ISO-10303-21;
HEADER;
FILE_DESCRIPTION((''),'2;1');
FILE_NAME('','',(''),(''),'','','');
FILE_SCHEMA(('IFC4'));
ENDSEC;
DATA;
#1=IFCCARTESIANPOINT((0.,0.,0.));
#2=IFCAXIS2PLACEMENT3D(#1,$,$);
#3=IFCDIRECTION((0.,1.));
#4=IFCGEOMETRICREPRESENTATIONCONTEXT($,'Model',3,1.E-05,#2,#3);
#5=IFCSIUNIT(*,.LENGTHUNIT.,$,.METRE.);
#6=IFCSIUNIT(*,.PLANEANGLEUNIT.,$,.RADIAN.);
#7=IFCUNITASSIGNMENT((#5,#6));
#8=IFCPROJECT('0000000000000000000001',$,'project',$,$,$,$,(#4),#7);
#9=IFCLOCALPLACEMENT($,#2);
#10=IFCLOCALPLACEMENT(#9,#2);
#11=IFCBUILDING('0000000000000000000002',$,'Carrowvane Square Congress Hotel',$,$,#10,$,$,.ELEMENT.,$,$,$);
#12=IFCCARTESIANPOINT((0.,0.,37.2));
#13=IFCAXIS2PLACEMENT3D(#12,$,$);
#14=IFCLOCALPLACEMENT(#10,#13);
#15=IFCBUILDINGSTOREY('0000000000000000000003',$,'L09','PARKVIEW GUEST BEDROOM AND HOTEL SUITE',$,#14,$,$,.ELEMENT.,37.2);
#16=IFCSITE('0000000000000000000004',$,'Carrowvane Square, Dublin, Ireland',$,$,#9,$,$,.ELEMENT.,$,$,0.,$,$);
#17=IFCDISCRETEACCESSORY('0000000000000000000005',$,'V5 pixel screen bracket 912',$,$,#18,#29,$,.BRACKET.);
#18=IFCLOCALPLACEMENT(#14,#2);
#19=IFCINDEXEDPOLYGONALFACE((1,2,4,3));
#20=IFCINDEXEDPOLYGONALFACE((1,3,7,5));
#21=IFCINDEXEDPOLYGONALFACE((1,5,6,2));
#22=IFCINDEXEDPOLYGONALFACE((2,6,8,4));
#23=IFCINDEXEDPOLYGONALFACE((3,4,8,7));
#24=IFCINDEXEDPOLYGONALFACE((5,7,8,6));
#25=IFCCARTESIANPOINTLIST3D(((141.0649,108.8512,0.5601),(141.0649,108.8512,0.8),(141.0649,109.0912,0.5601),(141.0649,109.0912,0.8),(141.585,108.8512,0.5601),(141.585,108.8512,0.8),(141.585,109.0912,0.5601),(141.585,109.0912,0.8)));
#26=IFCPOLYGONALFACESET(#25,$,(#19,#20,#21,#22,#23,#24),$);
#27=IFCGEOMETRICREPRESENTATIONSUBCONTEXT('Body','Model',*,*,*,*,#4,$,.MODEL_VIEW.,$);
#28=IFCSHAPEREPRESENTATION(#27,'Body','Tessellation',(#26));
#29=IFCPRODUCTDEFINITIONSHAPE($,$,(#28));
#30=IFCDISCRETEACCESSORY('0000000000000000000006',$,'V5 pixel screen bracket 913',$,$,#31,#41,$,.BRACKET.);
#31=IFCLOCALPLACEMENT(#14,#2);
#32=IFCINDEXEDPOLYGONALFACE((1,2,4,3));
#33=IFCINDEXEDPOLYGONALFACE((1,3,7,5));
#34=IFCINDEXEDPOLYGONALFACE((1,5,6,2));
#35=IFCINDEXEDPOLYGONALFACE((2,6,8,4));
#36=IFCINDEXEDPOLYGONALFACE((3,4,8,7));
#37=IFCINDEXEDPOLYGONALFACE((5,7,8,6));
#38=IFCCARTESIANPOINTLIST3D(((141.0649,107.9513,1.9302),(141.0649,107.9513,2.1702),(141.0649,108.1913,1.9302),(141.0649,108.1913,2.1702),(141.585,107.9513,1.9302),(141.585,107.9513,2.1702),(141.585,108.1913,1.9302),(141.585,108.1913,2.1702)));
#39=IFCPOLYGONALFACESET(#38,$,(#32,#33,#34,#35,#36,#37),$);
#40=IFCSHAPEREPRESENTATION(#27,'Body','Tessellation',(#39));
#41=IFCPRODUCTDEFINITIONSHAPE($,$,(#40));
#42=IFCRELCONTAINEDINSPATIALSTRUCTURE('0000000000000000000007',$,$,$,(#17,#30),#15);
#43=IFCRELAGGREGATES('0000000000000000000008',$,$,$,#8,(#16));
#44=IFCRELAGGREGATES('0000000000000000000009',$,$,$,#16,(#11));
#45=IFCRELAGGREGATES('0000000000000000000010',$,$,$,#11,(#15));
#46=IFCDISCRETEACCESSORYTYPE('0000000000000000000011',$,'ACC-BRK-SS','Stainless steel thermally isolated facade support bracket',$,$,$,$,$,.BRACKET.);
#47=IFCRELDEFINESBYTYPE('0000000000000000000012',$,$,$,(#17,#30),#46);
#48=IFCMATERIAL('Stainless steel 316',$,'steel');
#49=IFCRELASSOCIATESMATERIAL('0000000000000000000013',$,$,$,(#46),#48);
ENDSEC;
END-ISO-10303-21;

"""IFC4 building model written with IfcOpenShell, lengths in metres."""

from ifc_helpers import new_model, si_unit, direction, frame, origin, origin_2d, place, context, subcontext, project, spatial, rectangle, extrude, material, type_object, element, save


model = new_model("IFC4")

# Units and contexts
model_context = context("Model", 3, precision=1e-05, world=origin(), true_north=direction((0.0, 1.0)))
body_context = subcontext(model_context, "Body", "Model", "MODEL_VIEW")
ifc_project = project(units=[si_unit("LENGTHUNIT", "METRE"), si_unit("PLANEANGLEUNIT", "RADIAN")], contexts=[model_context])

# Site, building, storey
site_placement = place(None, origin())
site = spatial("IfcSite", under=ifc_project, at=site_placement, Name="Carrowvane Square, Dublin, Ireland", CompositionType="ELEMENT", RefElevation=0.0)
building_placement = place(site_placement, origin())
building = spatial("IfcBuilding", under=site, at=building_placement, Name="Carrowvane Square Congress Hotel", CompositionType="ELEMENT")
storey_placement = place(building_placement, frame((0.0, 0.0, 37.2)))
storey = spatial("IfcBuildingStorey", under=building, at=storey_placement, Name="L09", Description="PARKVIEW GUEST BEDROOM AND HOTEL SUITE", CompositionType="ELEMENT", Elevation=37.2)

# Discrete accessories
ifc_material_1 = material(Name="Stainless steel 316", Category="steel")
discrete_accessory_type = type_object("IfcDiscreteAccessoryType", Name="ACC-BRK-SS", Description="Stainless steel thermally isolated facade support bracket", PredefinedType="BRACKET", material=ifc_material_1)
for number, where, z_axis, x_axis, name in (
    (1, (141.325, 108.9712, 0.5601), (0.0, 0.0, 1.0), (0.0, -1.0, 0.0), "V5 pixel screen bracket 912"),
    (2, (141.325, 108.0713, 1.9302), (0.0, 0.0, 1.0), (0.0, -1.0, 0.0), "V5 pixel screen bracket 913"),
):
    element("IfcDiscreteAccessory", number, at=place(storey_placement, frame(where, z_axis=z_axis, x_axis=x_axis)), inside=storey, type_object=discrete_accessory_type, Name=name, PredefinedType="BRACKET", context=body_context, shape_type="SweptSolid", body=[
        extrude(rectangle(XDim=0.24, YDim=0.52, at=origin_2d()), origin(), (0.0, 0.0, 1.0), 0.24),
    ])

save(model, "model.ifc")
